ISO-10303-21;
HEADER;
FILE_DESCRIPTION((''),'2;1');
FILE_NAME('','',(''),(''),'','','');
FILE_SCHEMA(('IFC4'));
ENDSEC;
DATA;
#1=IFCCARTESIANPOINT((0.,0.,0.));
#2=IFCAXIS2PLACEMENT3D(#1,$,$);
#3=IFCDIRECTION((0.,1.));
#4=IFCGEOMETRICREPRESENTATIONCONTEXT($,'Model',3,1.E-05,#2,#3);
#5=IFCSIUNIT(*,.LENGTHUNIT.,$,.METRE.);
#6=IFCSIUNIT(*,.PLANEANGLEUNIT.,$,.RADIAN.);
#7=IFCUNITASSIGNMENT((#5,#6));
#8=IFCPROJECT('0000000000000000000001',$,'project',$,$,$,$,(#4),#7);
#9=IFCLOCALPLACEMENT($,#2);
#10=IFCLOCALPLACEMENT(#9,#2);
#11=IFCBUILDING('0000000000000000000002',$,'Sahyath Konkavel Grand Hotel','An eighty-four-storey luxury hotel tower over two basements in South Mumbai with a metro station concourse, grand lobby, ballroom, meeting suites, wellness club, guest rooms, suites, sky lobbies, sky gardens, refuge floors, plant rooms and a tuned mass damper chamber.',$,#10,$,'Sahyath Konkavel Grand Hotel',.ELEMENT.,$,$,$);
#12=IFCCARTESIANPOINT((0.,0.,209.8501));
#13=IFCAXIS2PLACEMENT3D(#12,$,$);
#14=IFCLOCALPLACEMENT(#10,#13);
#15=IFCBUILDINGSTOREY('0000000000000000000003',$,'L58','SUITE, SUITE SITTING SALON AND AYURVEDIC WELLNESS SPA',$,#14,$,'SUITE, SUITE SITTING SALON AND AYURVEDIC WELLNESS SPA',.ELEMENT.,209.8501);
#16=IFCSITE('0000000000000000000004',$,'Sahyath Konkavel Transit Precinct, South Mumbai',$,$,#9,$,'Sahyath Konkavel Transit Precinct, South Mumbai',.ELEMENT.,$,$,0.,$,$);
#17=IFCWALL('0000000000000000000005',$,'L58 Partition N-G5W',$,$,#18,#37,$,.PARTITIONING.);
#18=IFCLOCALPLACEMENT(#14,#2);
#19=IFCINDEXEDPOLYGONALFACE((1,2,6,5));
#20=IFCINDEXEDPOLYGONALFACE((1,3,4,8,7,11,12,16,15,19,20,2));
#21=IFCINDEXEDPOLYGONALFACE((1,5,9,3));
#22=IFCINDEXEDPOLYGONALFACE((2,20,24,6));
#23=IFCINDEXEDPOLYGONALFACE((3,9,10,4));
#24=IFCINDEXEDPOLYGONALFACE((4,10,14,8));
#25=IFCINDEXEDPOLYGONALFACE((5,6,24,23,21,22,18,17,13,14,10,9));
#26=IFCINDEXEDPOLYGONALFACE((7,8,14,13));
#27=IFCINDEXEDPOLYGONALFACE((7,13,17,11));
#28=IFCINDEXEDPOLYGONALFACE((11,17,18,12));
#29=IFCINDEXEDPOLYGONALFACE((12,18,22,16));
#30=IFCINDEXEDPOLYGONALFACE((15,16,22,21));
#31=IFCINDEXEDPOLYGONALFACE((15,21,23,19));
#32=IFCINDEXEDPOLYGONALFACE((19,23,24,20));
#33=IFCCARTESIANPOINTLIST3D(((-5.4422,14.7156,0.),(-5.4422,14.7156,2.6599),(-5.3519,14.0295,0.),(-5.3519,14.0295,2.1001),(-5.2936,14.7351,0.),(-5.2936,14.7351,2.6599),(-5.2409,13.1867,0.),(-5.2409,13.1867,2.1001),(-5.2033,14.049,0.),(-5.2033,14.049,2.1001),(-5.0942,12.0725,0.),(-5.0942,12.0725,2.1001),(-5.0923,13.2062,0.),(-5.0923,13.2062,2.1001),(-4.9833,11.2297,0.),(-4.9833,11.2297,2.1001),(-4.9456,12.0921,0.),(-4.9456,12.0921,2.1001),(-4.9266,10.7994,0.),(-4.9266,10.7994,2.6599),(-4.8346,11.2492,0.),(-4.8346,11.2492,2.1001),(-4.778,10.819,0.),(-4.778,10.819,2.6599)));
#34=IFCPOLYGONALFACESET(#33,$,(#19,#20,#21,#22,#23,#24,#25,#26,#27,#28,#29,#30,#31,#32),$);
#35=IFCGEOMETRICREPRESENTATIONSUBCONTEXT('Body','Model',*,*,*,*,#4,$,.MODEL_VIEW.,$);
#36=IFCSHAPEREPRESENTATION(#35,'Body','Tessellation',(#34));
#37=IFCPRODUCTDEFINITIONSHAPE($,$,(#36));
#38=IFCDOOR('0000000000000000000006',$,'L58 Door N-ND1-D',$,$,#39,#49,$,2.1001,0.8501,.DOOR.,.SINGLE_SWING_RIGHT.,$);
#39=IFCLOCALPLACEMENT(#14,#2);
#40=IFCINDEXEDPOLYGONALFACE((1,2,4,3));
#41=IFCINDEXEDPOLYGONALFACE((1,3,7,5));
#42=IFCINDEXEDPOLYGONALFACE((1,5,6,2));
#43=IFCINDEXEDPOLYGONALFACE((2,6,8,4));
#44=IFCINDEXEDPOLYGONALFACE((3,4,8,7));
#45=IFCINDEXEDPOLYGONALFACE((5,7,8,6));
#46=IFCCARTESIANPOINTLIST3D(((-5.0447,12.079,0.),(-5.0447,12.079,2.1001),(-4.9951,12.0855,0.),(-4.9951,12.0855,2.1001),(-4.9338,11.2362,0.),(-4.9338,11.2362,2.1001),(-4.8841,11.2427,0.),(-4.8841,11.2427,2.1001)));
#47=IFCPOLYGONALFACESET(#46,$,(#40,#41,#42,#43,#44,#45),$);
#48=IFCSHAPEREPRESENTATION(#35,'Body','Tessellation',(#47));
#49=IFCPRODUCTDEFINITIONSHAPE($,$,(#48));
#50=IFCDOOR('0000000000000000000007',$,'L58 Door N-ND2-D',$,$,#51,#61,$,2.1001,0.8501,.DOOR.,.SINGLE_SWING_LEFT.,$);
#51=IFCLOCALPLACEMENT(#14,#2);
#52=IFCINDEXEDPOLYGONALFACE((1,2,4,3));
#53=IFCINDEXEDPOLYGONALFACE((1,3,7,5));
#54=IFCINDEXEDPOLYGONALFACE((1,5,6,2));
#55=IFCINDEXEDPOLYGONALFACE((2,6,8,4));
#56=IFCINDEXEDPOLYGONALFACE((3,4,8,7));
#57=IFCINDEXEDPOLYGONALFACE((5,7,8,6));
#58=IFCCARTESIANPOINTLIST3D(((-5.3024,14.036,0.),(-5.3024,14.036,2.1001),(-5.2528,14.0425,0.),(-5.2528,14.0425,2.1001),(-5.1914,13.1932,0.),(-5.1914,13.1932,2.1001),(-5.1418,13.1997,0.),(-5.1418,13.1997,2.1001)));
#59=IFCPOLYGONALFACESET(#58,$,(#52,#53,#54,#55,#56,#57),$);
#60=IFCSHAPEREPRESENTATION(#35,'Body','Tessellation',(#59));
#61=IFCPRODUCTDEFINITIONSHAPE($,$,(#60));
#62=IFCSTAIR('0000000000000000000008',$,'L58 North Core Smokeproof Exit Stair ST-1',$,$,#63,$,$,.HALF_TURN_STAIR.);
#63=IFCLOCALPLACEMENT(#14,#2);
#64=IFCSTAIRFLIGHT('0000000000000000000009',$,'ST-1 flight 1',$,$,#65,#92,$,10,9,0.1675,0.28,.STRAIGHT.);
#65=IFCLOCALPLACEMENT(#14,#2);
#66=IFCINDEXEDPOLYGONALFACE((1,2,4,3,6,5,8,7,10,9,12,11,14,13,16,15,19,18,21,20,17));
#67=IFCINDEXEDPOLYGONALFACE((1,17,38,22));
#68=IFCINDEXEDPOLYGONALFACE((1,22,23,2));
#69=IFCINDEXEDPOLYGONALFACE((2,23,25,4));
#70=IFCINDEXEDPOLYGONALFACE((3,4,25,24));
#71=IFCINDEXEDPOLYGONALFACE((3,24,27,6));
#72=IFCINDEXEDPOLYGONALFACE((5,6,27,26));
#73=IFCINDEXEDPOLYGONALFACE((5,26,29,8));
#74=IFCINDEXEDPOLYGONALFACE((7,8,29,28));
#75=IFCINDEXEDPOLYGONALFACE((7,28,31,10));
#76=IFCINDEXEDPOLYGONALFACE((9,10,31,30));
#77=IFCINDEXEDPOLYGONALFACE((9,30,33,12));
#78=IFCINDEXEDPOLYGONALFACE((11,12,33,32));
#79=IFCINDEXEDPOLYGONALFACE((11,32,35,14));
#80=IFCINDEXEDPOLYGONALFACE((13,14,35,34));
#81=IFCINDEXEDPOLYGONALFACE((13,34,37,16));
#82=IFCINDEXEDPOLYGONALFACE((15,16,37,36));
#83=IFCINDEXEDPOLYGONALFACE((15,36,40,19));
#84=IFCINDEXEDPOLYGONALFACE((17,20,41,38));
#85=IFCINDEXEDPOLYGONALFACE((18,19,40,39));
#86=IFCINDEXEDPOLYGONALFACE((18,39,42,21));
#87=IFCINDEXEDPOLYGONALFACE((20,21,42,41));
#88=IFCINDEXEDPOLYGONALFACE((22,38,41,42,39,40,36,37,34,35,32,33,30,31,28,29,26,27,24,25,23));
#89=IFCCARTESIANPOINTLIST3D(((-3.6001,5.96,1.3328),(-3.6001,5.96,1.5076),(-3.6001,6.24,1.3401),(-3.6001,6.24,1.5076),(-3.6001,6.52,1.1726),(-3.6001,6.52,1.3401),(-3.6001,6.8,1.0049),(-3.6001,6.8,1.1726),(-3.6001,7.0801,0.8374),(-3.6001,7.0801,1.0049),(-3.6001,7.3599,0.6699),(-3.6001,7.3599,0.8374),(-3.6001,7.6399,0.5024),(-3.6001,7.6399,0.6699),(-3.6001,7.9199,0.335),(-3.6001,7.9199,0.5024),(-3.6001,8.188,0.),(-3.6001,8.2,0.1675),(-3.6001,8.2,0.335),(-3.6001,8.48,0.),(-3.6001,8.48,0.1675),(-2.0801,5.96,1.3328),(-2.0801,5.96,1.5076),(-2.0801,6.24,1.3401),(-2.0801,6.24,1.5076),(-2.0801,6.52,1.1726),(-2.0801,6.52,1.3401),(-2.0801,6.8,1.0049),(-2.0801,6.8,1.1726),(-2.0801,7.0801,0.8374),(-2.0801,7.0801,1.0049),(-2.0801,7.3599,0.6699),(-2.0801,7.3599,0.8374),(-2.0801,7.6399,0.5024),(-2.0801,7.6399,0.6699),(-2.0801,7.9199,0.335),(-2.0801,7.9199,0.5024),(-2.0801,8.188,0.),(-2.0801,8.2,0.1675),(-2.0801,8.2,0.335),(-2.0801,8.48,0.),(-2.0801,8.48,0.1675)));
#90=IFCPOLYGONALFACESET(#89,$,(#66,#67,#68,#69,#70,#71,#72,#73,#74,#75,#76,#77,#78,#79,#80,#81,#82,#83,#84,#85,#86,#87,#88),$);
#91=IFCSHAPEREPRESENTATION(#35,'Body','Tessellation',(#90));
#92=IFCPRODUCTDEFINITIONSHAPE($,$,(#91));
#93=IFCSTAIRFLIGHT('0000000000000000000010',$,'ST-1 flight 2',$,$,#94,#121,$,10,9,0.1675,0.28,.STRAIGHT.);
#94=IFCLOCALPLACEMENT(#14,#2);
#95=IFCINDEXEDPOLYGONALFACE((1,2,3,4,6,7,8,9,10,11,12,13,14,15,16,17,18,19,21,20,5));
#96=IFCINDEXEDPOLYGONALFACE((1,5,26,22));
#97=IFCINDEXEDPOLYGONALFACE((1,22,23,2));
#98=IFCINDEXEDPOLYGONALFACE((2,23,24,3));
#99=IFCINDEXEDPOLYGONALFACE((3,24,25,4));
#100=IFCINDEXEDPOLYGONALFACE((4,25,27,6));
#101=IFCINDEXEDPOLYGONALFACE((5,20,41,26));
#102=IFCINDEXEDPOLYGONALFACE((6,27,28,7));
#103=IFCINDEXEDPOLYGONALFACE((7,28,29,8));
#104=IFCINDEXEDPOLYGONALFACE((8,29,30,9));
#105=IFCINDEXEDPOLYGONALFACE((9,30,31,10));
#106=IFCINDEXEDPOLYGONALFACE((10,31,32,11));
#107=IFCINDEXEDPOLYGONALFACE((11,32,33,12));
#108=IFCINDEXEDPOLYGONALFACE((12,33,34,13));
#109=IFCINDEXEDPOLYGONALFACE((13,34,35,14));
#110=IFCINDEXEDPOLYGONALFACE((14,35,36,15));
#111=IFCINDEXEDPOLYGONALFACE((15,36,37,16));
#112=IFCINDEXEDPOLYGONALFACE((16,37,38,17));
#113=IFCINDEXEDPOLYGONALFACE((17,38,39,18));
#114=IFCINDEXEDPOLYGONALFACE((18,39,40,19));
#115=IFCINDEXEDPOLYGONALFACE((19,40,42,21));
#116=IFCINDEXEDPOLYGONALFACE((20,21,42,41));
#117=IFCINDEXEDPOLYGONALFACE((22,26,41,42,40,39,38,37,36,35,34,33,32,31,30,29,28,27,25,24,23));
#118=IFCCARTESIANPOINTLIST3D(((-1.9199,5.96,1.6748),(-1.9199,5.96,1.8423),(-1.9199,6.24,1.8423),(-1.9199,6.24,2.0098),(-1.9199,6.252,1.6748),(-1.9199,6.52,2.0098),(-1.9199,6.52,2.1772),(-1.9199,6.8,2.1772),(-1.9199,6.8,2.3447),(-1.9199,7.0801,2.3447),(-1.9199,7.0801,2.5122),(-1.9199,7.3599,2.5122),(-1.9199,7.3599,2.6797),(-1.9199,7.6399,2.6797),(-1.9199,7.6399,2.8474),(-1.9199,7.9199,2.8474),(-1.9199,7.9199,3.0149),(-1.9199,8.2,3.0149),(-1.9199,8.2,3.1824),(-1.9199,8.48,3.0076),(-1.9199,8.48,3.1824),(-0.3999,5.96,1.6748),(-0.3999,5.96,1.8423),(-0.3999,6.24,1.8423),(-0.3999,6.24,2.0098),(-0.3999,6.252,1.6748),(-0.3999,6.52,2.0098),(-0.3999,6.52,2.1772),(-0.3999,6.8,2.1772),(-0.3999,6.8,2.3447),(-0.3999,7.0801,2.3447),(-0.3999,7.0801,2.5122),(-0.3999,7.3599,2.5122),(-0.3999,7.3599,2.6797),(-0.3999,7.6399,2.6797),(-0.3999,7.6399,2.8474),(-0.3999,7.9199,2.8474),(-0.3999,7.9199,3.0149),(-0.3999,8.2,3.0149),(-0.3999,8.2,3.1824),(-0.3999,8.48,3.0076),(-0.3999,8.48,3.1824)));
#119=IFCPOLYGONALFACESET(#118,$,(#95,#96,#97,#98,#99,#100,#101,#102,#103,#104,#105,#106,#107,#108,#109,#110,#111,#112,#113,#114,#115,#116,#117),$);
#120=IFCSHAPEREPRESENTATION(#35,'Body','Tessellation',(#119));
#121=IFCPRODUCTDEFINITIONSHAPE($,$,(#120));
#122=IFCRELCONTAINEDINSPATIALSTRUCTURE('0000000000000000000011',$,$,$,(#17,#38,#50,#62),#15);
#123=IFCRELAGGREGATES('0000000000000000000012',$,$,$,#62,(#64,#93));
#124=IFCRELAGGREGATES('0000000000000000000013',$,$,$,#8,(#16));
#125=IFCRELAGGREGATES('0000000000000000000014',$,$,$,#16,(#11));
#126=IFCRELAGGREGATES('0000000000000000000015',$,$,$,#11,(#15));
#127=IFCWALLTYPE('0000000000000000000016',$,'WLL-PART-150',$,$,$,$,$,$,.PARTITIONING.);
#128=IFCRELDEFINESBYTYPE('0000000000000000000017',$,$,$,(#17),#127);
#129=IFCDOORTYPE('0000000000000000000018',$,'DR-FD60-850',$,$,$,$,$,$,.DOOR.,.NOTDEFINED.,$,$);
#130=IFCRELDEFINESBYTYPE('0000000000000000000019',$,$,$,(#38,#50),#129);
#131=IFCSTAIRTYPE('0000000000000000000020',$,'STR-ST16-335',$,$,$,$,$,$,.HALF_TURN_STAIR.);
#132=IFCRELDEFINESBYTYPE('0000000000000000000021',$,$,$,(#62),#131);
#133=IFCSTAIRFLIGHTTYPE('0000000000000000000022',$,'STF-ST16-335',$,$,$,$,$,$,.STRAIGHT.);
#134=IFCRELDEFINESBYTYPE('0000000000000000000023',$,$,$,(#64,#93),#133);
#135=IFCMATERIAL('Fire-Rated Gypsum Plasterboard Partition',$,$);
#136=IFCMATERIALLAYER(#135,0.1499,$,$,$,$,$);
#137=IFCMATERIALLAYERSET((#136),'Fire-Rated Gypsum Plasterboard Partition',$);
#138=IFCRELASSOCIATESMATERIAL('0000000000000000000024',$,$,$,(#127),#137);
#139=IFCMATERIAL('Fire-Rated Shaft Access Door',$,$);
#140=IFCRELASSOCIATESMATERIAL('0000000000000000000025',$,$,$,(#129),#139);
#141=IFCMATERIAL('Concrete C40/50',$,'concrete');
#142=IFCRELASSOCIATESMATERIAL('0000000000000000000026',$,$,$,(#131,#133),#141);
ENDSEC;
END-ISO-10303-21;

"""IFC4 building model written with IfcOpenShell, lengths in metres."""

from ifc_helpers import new_model, si_unit, direction, frame, frame_2d, origin, origin_2d, place, context, subcontext, project, spatial, polyline, rectangle, outline, extrude, source, transform, mapped, material, layer, layer_set, type_object, element, fill, aggregate, save


model = new_model("IFC4")

# Units and contexts
model_context = context("Model", 3, precision=1e-05, world=origin(), true_north=direction((0.0, 1.0)))
body_context = subcontext(model_context, "Body", "Model", "MODEL_VIEW")
ifc_project = project(units=[si_unit("LENGTHUNIT", "METRE"), si_unit("PLANEANGLEUNIT", "RADIAN")], contexts=[model_context])

# Site, building, storey
site_placement = place(None, origin())
site = spatial("IfcSite", under=ifc_project, at=site_placement, Name="Sahyath Konkavel Transit Precinct, South Mumbai", LongName="Sahyath Konkavel Transit Precinct, South Mumbai", CompositionType="ELEMENT", RefElevation=0.0)
building_placement = place(site_placement, origin())
building = spatial("IfcBuilding", under=site, at=building_placement, Name="Sahyath Konkavel Grand Hotel", Description="An eighty-four-storey luxury hotel tower over two basements in South Mumbai with a metro station concourse, grand lobby, ballroom, meeting suites, wellness club, guest rooms, suites, sky lobbies, sky gardens, refuge floors, plant rooms and a tuned mass damper chamber.", LongName="Sahyath Konkavel Grand Hotel", CompositionType="ELEMENT")
storey_placement = place(building_placement, frame((0.0, 0.0, 209.8501)))
storey = spatial("IfcBuildingStorey", under=building, at=storey_placement, Name="L58", Description="SUITE, SUITE SITTING SALON AND AYURVEDIC WELLNESS SPA", LongName="SUITE, SUITE SITTING SALON AND AYURVEDIC WELLNESS SPA", CompositionType="ELEMENT", Elevation=209.8501)

# Shared definitions
ifc_material_1 = material(Name="Concrete C40/50", Category="concrete")

# Wall, openings, doors
ifc_material_2 = material(Name="Fire-Rated Gypsum Plasterboard Partition")
ifc_layer_1 = layer(ifc_material_2, 0.1499)
ifc_layer_set_1 = layer_set([ifc_layer_1], Name="Fire-Rated Gypsum Plasterboard Partition")
wall_type_1 = type_object("IfcWallType", Name="WLL-PART-150", PredefinedType="PARTITIONING", material=ifc_layer_set_1)
wall_1_placement = place(storey_placement, frame((-4.8523, 10.8091, 0.0), z_axis=(0.0, 0.0, 1.0), x_axis=(-0.130536, 0.991444, 0.0)))
wall_1 = element("IfcWall", 1, at=wall_1_placement, inside=storey, type_object=wall_type_1, Name="L58 Partition N-G5W", PredefinedType="PARTITIONING", context=body_context, shape_type="SweptSolid", body=[
    extrude(rectangle(XDim=3.95, YDim=0.1499, at=frame_2d((1.9751, 0.0))), origin(), (0.0, 0.0, 1.0), 2.6599),
])
opening_1_placement = place(wall_1_placement, frame((0.4341, 0.0, 0.0)))
opening_1 = element("IfcOpeningElement", 2, at=opening_1_placement, cuts=wall_1, PredefinedType="OPENING", context=body_context, shape_type="SweptSolid", body=[
    extrude(rectangle(XDim=0.8501, YDim=2.1001, at=frame_2d((0.425, 1.05))), frame((0.0, 0.085, 0.0), z_axis=(0.0, -1.0, 0.0), x_axis=(1.0, 0.0, 0.0)), (0.0, 0.0, 1.0), 0.1699),
])
opening_2_placement = place(wall_1_placement, frame((2.408, 0.0, 0.0)))
opening_2 = element("IfcOpeningElement", 3, at=opening_2_placement, cuts=wall_1, PredefinedType="OPENING", context=body_context, shape_type="SweptSolid", body=[
    extrude(rectangle(XDim=0.8501, YDim=2.1001, at=frame_2d((0.425, 1.05))), frame((0.0, 0.085, 0.0), z_axis=(0.0, -1.0, 0.0), x_axis=(1.0, 0.0, 0.0)), (0.0, 0.0, 1.0), 0.1699),
])
ifc_material_3 = material(Name="Fire-Rated Shaft Access Door")
door_type = type_object("IfcDoorType", Name="DR-FD60-850", OperationType="NOTDEFINED", PredefinedType="DOOR", material=ifc_material_3)
shared_shape_1 = source(origin(), body_context, "Body", "SweptSolid", [
    extrude(rectangle(XDim=0.8501, YDim=0.05, at=origin_2d()), origin(), (0.0, 0.0, 1.0), 2.1001),
])
door_1_placement = place(opening_1_placement, frame((0.425, 0.0, 0.0)))
door_1 = element("IfcDoor", 4, at=door_1_placement, inside=storey, type_object=door_type, Name="L58 Door N-ND1-D", OperationType="SINGLE_SWING_RIGHT", OverallHeight=2.1001, OverallWidth=0.8501, PredefinedType="DOOR", context=body_context, shape_type="MappedRepresentation", body=[
    mapped(shared_shape_1, transform((0.0, 0.0, 0.0), scale=1.0)),
])
fill(opening_1, door_1)
door_2_placement = place(opening_2_placement, frame((0.425, 0.0, 0.0)))
door_2 = element("IfcDoor", 5, at=door_2_placement, inside=storey, type_object=door_type, Name="L58 Door N-ND2-D", OperationType="SINGLE_SWING_LEFT", OverallHeight=2.1001, OverallWidth=0.8501, PredefinedType="DOOR", context=body_context, shape_type="MappedRepresentation", body=[
    mapped(shared_shape_1, transform((0.0, 0.0, 0.0), scale=1.0)),
])
fill(opening_2, door_2)

# Stair, stair flights
stair_type = type_object("IfcStairType", Name="STR-ST16-335", PredefinedType="HALF_TURN_STAIR", material=ifc_material_1)
stair_placement = place(storey_placement, origin())
stair = element("IfcStair", 6, at=stair_placement, inside=storey, type_object=stair_type, Name="L58 North Core Smokeproof Exit Stair ST-1", PredefinedType="HALF_TURN_STAIR")
stair_flight_type = type_object("IfcStairFlightType", Name="STF-ST16-335", PredefinedType="STRAIGHT", material=ifc_material_1)
stair_flight_1_placement = place(storey_placement, frame((-2.8401, 8.48, 0.0), z_axis=(0.0, 0.0, 1.0), x_axis=(0.0, -1.0, 0.0)))
stair_flight_1 = element("IfcStairFlight", 7, at=stair_flight_1_placement, type_object=stair_flight_type, Name="ST-1 flight 1", NumberOfRisers=10, NumberOfTreads=9, PredefinedType="STRAIGHT", RiserHeight=0.1675, TreadLength=0.28, context=body_context, shape_type="SweptSolid", body=[
    extrude(outline(polyline([(0.0, 0.0), (0.0, 0.1675), (0.28, 0.1675), (0.28, 0.335), (0.5601, 0.335), (0.5601, 0.5024), (0.8401, 0.5024), (0.8401, 0.6699), (1.1201, 0.6699), (1.1201, 0.8374), (1.3999, 0.8374), (1.3999, 1.0049), (1.6799, 1.0049), (1.6799, 1.1726), (1.96, 1.1726), (1.96, 1.3401), (2.24, 1.3401), (2.24, 1.5076), (2.52, 1.5076), (2.52, 1.675), (2.52, 1.3328), (0.292, 0.0), (0.0, 0.0)])), frame((0.0, 0.76, 0.0), z_axis=(0.0, -1.0, 0.0), x_axis=(1.0, 0.0, 0.0)), (0.0, 0.0, 1.0), 1.52),
])
stair_flight_2_placement = place(storey_placement, frame((-1.1599, 5.96, 1.6748), z_axis=(0.0, 0.0, 1.0), x_axis=(0.0, 1.0, 0.0)))
stair_flight_2 = element("IfcStairFlight", 8, at=stair_flight_2_placement, type_object=stair_flight_type, Name="ST-1 flight 2", NumberOfRisers=10, NumberOfTreads=9, PredefinedType="STRAIGHT", RiserHeight=0.1675, TreadLength=0.28, context=body_context, shape_type="SweptSolid", body=[
    extrude(outline(polyline([(0.0, 0.0), (0.0, 0.1675), (0.28, 0.1675), (0.28, 0.335), (0.5601, 0.335), (0.5601, 0.5024), (0.8401, 0.5024), (0.8401, 0.6699), (1.1201, 0.6699), (1.1201, 0.8374), (1.3999, 0.8374), (1.3999, 1.0049), (1.6799, 1.0049), (1.6799, 1.1726), (1.96, 1.1726), (1.96, 1.3401), (2.24, 1.3401), (2.24, 1.5076), (2.52, 1.5076), (2.52, 1.675), (2.52, 1.3328), (0.292, 0.0), (0.0, 0.0)])), frame((0.0, 0.76, 0.0), z_axis=(0.0, -1.0, 0.0), x_axis=(1.0, 0.0, 0.0)), (0.0, 0.0, 1.0), 1.52),
])
aggregate(stair, [stair_flight_1, stair_flight_2])

save(model, "model.ifc")
